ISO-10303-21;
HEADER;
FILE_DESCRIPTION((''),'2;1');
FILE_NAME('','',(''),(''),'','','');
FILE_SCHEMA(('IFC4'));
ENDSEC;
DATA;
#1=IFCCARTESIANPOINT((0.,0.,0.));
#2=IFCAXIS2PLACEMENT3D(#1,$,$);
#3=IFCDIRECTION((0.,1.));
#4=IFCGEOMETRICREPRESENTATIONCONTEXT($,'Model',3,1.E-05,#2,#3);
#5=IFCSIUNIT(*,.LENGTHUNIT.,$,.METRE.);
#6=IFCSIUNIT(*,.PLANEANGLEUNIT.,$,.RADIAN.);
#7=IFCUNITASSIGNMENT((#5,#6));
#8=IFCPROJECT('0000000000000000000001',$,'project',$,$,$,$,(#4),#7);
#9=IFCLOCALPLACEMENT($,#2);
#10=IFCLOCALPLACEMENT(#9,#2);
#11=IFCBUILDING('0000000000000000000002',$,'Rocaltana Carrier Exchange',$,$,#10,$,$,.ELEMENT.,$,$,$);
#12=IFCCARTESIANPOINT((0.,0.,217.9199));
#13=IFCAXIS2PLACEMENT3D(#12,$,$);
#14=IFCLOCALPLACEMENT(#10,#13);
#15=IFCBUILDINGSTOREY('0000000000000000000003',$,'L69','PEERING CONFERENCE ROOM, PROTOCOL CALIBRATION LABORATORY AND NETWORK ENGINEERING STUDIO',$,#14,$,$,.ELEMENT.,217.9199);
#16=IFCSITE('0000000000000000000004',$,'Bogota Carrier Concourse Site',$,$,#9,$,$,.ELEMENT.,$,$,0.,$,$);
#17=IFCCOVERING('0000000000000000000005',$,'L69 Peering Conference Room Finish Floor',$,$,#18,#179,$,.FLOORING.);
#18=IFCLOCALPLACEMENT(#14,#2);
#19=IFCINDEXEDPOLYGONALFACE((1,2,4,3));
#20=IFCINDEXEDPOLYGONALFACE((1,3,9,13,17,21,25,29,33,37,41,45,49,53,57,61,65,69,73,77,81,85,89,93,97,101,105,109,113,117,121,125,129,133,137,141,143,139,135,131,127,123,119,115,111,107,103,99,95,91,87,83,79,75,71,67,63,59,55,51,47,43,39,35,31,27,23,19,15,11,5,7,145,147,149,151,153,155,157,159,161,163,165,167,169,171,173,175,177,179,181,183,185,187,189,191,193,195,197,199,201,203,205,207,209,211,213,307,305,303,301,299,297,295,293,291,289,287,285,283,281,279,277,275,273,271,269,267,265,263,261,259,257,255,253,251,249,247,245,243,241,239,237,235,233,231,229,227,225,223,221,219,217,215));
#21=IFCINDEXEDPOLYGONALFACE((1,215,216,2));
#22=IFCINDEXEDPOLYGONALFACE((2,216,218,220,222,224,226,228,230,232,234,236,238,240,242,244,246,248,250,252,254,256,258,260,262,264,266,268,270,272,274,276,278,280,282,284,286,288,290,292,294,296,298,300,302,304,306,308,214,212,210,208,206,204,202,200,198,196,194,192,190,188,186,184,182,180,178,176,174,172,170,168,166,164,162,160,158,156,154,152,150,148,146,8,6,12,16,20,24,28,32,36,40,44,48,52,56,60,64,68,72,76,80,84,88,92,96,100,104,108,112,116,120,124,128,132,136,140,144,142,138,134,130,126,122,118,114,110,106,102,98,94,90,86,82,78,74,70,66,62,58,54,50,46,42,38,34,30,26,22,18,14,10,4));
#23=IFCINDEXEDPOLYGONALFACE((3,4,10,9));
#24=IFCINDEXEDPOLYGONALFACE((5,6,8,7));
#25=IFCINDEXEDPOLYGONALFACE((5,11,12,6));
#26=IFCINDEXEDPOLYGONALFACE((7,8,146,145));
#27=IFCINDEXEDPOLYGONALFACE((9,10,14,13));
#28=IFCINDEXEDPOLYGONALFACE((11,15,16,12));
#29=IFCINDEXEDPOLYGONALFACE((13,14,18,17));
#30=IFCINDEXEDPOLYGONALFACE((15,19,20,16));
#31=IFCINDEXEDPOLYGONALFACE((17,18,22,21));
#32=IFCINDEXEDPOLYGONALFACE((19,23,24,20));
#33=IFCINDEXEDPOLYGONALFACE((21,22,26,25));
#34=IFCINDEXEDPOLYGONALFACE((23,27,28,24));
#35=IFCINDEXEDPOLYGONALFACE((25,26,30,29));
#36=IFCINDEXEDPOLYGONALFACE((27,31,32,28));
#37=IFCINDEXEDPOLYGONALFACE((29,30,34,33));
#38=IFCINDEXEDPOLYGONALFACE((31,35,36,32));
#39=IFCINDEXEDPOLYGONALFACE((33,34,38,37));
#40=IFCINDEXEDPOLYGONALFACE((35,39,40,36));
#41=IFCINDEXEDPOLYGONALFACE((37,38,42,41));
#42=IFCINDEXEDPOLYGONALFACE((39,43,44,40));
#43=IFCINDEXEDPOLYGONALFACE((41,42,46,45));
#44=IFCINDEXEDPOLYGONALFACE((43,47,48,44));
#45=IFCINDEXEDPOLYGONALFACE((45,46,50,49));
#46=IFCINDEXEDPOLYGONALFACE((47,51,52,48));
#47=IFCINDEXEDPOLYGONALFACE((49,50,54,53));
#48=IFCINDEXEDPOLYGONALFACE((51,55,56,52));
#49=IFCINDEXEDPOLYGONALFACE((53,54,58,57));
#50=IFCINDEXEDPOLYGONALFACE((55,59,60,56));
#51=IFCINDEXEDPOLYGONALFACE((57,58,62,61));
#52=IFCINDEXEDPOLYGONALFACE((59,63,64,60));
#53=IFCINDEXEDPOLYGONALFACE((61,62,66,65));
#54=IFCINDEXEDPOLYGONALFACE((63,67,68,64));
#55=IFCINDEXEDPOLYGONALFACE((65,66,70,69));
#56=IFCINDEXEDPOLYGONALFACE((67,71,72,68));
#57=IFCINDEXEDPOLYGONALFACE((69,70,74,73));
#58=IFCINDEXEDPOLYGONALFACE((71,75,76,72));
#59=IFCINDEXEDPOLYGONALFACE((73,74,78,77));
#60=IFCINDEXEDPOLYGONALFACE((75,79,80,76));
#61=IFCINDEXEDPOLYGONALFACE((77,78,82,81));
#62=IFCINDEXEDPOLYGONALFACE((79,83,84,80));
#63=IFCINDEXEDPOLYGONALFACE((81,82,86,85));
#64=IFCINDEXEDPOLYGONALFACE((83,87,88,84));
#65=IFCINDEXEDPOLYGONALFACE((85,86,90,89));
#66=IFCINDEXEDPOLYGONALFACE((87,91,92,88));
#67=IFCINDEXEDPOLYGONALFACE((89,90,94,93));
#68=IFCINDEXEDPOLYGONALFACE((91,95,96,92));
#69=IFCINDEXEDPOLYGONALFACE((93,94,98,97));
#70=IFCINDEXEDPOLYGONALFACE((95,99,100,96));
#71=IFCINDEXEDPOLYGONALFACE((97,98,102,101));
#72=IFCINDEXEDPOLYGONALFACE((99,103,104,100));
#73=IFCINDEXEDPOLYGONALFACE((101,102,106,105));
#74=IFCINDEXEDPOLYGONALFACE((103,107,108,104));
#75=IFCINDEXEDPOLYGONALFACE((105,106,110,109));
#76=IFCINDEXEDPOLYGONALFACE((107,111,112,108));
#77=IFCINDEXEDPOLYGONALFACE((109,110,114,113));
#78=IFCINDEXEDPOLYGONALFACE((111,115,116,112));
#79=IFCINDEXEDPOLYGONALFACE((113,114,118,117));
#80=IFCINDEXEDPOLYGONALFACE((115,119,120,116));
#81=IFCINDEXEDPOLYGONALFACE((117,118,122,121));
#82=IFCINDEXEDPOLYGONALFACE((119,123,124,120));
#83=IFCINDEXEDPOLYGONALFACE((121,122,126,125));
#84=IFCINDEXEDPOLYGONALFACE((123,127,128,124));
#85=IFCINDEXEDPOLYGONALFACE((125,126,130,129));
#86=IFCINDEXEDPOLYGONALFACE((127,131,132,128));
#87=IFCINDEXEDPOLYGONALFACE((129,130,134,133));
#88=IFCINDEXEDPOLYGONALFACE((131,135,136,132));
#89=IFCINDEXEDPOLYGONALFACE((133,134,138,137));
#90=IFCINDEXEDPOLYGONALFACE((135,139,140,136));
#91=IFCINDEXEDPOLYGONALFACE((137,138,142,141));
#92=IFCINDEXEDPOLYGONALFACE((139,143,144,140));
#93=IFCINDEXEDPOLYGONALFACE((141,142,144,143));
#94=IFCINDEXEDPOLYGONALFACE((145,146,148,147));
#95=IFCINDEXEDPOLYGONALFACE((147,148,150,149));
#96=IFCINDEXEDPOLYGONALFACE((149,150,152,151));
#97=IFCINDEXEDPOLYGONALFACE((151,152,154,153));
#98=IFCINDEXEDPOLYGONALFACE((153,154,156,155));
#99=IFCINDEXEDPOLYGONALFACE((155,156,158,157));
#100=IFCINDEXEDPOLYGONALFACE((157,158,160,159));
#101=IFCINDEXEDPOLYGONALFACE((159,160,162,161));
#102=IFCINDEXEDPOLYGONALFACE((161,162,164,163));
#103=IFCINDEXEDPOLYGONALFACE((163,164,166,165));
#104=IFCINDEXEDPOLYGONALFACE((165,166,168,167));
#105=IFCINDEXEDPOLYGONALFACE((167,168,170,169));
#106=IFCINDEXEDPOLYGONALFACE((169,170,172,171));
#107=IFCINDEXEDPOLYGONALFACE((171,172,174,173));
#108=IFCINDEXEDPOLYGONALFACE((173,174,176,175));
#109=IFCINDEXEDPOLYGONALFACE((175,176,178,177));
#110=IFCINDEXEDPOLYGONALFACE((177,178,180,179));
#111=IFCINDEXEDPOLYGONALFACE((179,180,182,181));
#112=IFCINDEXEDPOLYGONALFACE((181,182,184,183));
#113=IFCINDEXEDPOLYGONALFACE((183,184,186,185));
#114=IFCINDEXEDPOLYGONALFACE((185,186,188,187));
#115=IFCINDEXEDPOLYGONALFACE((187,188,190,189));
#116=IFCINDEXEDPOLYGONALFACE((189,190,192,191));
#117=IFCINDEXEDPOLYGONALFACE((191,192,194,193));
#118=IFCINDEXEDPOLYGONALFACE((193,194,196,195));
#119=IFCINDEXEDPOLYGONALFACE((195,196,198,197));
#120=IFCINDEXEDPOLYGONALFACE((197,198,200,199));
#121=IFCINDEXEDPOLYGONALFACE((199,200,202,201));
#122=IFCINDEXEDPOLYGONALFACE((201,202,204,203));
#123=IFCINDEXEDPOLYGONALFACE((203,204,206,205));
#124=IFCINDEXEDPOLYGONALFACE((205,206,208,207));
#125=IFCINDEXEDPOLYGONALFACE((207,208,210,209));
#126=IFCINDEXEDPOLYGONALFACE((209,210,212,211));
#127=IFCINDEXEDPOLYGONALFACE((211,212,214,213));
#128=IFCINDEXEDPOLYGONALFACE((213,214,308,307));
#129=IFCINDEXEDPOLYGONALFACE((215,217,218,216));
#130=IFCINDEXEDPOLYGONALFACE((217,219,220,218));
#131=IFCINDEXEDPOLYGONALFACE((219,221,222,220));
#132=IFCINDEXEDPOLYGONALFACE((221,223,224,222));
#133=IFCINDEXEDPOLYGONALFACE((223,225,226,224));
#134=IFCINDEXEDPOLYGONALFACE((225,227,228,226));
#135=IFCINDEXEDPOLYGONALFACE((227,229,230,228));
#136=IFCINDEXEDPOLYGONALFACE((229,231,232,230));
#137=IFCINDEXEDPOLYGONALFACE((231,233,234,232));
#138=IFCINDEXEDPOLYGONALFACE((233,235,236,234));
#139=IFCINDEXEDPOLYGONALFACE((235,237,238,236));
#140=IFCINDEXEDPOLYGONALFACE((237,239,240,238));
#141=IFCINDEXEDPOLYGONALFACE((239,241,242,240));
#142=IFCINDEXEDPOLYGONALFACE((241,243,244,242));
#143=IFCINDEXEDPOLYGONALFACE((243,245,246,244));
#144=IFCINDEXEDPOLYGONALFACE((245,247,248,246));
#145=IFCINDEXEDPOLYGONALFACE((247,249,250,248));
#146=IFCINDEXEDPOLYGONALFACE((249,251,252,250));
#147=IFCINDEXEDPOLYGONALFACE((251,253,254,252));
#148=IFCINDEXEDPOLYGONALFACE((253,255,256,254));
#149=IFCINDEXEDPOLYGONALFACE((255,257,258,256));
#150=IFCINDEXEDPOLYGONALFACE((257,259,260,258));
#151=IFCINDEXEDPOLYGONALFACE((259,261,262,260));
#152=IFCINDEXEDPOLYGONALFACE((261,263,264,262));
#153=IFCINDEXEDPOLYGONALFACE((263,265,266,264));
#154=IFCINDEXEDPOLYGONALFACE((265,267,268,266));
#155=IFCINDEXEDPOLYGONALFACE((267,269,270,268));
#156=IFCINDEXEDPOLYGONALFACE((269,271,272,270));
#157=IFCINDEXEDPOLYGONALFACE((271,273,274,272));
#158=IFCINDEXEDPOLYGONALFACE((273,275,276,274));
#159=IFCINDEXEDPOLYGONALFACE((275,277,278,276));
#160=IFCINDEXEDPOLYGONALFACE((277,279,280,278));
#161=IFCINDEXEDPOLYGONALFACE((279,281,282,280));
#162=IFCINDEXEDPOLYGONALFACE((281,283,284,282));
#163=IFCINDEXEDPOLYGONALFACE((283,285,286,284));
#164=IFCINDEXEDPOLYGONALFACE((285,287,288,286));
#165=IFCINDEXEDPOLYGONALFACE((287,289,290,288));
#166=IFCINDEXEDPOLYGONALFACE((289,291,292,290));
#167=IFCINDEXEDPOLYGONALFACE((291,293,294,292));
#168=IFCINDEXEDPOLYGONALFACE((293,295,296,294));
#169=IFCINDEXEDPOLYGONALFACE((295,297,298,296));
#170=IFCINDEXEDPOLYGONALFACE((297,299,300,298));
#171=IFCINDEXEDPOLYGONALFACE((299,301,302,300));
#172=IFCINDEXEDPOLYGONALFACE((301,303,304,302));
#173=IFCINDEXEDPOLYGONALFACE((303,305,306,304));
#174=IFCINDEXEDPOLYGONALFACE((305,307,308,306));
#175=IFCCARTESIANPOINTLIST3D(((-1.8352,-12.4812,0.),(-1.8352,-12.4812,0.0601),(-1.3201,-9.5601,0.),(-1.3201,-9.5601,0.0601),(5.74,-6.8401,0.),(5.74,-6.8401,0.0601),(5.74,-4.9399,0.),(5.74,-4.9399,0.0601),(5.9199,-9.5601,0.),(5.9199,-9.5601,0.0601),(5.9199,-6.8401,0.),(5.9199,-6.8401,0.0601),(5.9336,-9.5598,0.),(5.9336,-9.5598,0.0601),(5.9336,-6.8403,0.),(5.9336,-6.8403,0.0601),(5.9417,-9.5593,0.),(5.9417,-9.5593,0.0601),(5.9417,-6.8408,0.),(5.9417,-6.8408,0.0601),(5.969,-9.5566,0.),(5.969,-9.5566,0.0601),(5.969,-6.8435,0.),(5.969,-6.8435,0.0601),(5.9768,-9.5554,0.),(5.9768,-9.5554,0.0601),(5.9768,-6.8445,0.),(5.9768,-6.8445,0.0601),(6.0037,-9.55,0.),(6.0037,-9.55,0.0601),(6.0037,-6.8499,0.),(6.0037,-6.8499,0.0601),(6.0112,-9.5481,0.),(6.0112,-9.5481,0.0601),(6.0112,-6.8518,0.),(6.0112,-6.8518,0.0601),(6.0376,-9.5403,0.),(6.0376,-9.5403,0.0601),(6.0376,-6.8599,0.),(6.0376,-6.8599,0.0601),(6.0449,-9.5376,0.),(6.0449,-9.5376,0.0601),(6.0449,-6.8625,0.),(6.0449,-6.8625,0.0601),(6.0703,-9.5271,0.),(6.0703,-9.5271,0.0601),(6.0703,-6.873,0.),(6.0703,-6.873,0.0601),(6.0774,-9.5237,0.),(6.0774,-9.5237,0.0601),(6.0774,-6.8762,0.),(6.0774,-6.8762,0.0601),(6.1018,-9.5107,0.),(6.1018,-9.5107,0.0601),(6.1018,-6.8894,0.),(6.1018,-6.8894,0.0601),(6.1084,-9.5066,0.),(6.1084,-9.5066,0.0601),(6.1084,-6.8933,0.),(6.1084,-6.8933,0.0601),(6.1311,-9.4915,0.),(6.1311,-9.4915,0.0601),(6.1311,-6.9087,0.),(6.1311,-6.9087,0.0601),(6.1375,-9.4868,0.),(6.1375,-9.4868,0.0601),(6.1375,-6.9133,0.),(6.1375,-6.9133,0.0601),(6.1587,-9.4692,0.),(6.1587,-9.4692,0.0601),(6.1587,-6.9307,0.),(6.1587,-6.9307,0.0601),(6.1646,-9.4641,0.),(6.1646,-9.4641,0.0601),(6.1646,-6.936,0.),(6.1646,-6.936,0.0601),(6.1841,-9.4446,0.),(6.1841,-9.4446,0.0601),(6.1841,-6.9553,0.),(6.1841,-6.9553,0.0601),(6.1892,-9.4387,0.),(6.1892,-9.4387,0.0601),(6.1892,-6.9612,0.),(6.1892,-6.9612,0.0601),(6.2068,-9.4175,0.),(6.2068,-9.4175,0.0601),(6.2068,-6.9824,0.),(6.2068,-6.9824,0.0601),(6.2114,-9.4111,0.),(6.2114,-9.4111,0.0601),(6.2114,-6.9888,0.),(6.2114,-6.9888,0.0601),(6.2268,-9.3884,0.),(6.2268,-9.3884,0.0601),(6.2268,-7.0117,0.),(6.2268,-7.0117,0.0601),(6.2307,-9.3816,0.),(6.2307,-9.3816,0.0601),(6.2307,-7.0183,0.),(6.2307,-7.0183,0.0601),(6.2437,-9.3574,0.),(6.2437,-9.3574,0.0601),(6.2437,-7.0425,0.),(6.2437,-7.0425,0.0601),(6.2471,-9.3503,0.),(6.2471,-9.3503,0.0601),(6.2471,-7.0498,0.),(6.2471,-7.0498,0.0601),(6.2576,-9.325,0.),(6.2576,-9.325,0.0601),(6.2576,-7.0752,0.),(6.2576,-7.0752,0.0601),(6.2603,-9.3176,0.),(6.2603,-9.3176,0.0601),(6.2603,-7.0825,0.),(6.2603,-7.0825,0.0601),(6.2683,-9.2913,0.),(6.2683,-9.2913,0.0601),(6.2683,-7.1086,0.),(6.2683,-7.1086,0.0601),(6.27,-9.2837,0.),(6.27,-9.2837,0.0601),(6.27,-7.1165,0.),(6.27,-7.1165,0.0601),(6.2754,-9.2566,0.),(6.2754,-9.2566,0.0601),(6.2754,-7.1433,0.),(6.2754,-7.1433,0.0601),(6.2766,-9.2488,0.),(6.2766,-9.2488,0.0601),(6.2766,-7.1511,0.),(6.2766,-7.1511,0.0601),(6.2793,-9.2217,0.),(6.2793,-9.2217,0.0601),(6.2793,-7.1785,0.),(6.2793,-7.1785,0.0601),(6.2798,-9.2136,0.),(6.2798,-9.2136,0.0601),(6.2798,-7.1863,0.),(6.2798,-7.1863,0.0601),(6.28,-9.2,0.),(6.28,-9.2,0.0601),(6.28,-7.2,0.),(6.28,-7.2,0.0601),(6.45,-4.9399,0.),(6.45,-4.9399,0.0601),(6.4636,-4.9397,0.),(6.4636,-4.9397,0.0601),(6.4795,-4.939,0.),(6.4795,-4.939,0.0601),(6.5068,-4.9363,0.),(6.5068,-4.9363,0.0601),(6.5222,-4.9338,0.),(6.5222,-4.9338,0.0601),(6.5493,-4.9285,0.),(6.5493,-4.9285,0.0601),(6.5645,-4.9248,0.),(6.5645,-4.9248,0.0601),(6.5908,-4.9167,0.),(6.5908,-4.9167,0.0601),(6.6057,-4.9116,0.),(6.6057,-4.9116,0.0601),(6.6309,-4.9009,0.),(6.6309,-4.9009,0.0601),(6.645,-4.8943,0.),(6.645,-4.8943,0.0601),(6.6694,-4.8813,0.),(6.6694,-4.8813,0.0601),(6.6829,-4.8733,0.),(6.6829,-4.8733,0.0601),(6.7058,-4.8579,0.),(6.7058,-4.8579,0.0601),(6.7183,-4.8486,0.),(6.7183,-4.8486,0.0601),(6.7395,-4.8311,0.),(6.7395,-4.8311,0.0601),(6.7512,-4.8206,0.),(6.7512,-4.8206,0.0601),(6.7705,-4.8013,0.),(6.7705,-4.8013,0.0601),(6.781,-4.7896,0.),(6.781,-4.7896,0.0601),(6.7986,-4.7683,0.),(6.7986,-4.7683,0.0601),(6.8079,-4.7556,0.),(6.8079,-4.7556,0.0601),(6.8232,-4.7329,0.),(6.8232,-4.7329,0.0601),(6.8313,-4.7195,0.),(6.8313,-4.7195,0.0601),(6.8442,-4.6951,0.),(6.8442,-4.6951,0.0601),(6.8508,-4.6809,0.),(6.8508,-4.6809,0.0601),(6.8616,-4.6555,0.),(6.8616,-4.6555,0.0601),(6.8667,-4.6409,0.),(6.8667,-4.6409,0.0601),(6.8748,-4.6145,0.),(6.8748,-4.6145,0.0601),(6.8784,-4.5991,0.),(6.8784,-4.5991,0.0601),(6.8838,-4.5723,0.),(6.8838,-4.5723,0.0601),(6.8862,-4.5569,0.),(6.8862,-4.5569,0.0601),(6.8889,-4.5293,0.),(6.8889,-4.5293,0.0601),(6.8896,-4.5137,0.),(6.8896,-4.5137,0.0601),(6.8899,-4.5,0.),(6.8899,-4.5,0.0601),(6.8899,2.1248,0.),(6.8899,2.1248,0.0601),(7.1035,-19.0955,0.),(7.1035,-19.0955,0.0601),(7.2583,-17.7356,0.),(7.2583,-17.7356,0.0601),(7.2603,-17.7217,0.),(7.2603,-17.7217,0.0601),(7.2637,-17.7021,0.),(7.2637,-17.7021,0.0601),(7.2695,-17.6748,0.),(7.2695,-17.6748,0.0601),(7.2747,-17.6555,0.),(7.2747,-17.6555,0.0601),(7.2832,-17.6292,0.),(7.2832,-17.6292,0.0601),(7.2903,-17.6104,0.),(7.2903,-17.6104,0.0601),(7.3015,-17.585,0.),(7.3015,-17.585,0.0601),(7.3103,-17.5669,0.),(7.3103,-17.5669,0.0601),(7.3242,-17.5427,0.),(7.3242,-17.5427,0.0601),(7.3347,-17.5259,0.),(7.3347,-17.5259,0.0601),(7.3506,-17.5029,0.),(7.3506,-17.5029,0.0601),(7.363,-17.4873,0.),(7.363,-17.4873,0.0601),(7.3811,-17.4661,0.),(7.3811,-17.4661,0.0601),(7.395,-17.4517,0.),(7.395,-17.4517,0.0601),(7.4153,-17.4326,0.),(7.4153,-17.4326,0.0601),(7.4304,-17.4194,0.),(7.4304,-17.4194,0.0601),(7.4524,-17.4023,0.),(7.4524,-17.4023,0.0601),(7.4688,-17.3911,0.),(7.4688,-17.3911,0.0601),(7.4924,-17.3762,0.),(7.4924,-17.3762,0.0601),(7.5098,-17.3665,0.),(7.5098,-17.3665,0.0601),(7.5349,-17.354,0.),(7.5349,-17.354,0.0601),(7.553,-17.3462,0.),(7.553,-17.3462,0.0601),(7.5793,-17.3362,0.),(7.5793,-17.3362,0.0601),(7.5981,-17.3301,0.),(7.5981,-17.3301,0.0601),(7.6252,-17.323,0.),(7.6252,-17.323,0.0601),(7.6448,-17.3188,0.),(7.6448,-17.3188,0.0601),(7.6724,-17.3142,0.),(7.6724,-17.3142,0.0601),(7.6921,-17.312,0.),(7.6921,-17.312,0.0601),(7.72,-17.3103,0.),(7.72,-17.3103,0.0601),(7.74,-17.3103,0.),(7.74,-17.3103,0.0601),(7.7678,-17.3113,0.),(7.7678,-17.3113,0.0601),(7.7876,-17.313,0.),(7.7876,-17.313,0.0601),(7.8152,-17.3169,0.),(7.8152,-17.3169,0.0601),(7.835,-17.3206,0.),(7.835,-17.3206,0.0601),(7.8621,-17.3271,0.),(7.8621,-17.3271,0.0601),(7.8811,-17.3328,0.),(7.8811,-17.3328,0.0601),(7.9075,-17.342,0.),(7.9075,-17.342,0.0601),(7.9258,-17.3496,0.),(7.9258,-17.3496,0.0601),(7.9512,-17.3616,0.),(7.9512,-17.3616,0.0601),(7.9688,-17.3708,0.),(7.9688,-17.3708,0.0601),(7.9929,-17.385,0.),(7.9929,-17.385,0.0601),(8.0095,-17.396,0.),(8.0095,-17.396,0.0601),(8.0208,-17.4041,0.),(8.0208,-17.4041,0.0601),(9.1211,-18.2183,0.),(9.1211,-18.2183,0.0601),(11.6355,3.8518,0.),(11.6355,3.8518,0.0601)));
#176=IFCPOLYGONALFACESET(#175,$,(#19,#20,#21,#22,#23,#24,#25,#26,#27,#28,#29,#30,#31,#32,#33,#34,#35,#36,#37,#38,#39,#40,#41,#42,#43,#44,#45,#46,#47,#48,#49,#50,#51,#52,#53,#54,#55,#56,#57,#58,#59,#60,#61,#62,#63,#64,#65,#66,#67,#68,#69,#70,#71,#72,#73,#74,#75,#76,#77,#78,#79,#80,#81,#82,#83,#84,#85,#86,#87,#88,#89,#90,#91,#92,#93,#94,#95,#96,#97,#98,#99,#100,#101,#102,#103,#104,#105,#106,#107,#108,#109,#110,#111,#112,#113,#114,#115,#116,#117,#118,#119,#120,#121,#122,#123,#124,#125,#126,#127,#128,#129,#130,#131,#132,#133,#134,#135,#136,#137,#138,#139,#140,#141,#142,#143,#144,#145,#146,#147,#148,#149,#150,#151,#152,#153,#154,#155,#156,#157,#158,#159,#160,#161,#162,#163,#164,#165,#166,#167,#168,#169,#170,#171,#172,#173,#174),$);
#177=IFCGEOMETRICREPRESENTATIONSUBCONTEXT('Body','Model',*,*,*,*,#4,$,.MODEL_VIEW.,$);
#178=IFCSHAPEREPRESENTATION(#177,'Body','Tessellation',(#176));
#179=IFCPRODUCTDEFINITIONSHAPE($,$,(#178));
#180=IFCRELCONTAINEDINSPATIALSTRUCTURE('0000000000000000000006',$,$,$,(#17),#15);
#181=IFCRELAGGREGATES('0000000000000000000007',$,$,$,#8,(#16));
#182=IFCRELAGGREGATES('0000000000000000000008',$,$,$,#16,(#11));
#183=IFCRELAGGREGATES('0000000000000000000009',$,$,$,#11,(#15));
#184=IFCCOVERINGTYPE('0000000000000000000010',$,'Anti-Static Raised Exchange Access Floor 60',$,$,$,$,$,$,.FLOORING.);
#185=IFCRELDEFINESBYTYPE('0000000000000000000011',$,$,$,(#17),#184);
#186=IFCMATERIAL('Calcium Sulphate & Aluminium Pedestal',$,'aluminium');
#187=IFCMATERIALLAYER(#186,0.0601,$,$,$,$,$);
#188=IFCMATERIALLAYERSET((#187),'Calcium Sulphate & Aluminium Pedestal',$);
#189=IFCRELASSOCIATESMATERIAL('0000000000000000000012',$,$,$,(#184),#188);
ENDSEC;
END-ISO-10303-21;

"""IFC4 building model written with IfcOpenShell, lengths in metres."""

from ifc_helpers import new_model, si_unit, direction, frame, origin, place, context, subcontext, project, spatial, polyline, outline, extrude, material, layer, layer_set, type_object, element, save


model = new_model("IFC4")

# Units and contexts
model_context = context("Model", 3, precision=1e-05, world=origin(), true_north=direction((0.0, 1.0)))
body_context = subcontext(model_context, "Body", "Model", "MODEL_VIEW")
ifc_project = project(units=[si_unit("LENGTHUNIT", "METRE"), si_unit("PLANEANGLEUNIT", "RADIAN")], contexts=[model_context])

# Site, building, storey
site_placement = place(None, origin())
site = spatial("IfcSite", under=ifc_project, at=site_placement, Name="Bogota Carrier Concourse Site", CompositionType="ELEMENT", RefElevation=0.0)
building_placement = place(site_placement, origin())
building = spatial("IfcBuilding", under=site, at=building_placement, Name="Rocaltana Carrier Exchange", CompositionType="ELEMENT")
storey_placement = place(building_placement, frame((0.0, 0.0, 217.9199)))
storey = spatial("IfcBuildingStorey", under=building, at=storey_placement, Name="L69", Description="PEERING CONFERENCE ROOM, PROTOCOL CALIBRATION LABORATORY AND NETWORK ENGINEERING STUDIO", CompositionType="ELEMENT", Elevation=217.9199)

# Covering
ifc_material_1 = material(Name="Calcium Sulphate & Aluminium Pedestal", Category="aluminium")
ifc_layer_1 = layer(ifc_material_1, 0.0601)
ifc_layer_set_1 = layer_set([ifc_layer_1], Name="Calcium Sulphate & Aluminium Pedestal")
covering_type_1 = type_object("IfcCoveringType", Name="Anti-Static Raised Exchange Access Floor 60", PredefinedType="FLOORING", material=ifc_layer_set_1)
covering_1_placement = place(storey_placement, origin())
element("IfcCovering", 1, at=covering_1_placement, inside=storey, type_object=covering_type_1, Name="L69 Peering Conference Room Finish Floor", PredefinedType="FLOORING", context=body_context, shape_type="SweptSolid", body=[
    extrude(outline(polyline([(5.74, -6.8401), (5.74, -4.9399), (6.45, -4.9399), (6.4636, -4.9397), (6.4795, -4.939), (6.5068, -4.9363), (6.5222, -4.9338), (6.5493, -4.9285), (6.5645, -4.9248), (6.5908, -4.9167), (6.6057, -4.9116), (6.6309, -4.9009), (6.645, -4.8943), (6.6694, -4.8813), (6.6829, -4.8733), (6.7058, -4.8579), (6.7183, -4.8486), (6.7395, -4.8311), (6.7512, -4.8206), (6.7705, -4.8013), (6.781, -4.7896), (6.7986, -4.7683), (6.8079, -4.7556), (6.8232, -4.7329), (6.8313, -4.7195), (6.8442, -4.6951), (6.8508, -4.6809), (6.8616, -4.6555), (6.8667, -4.6409), (6.8748, -4.6145), (6.8784, -4.5991), (6.8838, -4.5723), (6.8862, -4.5569), (6.8889, -4.5293), (6.8896, -4.5137), (6.8899, -4.5), (6.8899, 2.1248), (11.6355, 3.8518), (9.1211, -18.2183), (8.0208, -17.4041), (8.0095, -17.396), (7.9929, -17.385), (7.9688, -17.3708), (7.9512, -17.3616), (7.9258, -17.3496), (7.9075, -17.342), (7.8811, -17.3328), (7.8621, -17.3271), (7.835, -17.3206), (7.8152, -17.3169), (7.7876, -17.313), (7.7678, -17.3113), (7.74, -17.3103), (7.72, -17.3103), (7.6921, -17.312), (7.6724, -17.3142), (7.6448, -17.3188), (7.6252, -17.323), (7.5981, -17.3301), (7.5793, -17.3362), (7.553, -17.3462), (7.5349, -17.354), (7.5098, -17.3665), (7.4924, -17.3762), (7.4688, -17.3911), (7.4524, -17.4023), (7.4304, -17.4194), (7.4153, -17.4326), (7.395, -17.4517), (7.3811, -17.4661), (7.363, -17.4873), (7.3506, -17.5029), (7.3347, -17.5259), (7.3242, -17.5427), (7.3103, -17.5669), (7.3015, -17.585), (7.2903, -17.6104), (7.2832, -17.6292), (7.2747, -17.6555), (7.2695, -17.6748), (7.2637, -17.7021), (7.2603, -17.7217), (7.2583, -17.7356), (7.1035, -19.0955), (-1.8352, -12.4812), (-1.3201, -9.5601), (5.9199, -9.5601), (5.9336, -9.5598), (5.9417, -9.5593), (5.969, -9.5566), (5.9768, -9.5554), (6.0037, -9.55), (6.0112, -9.5481), (6.0376, -9.5403), (6.0449, -9.5376), (6.0703, -9.5271), (6.0774, -9.5237), (6.1018, -9.5107), (6.1084, -9.5066), (6.1311, -9.4915), (6.1375, -9.4868), (6.1587, -9.4692), (6.1646, -9.4641), (6.1841, -9.4446), (6.1892, -9.4387), (6.2068, -9.4175), (6.2114, -9.4111), (6.2268, -9.3884), (6.2307, -9.3816), (6.2437, -9.3574), (6.2471, -9.3503), (6.2576, -9.325), (6.2603, -9.3176), (6.2683, -9.2913), (6.27, -9.2837), (6.2754, -9.2566), (6.2766, -9.2488), (6.2793, -9.2217), (6.2798, -9.2136), (6.28, -9.2), (6.28, -7.2), (6.2798, -7.1863), (6.2793, -7.1785), (6.2766, -7.1511), (6.2754, -7.1433), (6.27, -7.1165), (6.2683, -7.1086), (6.2603, -7.0825), (6.2576, -7.0752), (6.2471, -7.0498), (6.2437, -7.0425), (6.2307, -7.0183), (6.2268, -7.0117), (6.2114, -6.9888), (6.2068, -6.9824), (6.1892, -6.9612), (6.1841, -6.9553), (6.1646, -6.936), (6.1587, -6.9307), (6.1375, -6.9133), (6.1311, -6.9087), (6.1084, -6.8933), (6.1018, -6.8894), (6.0774, -6.8762), (6.0703, -6.873), (6.0449, -6.8625), (6.0376, -6.8599), (6.0112, -6.8518), (6.0037, -6.8499), (5.9768, -6.8445), (5.969, -6.8435), (5.9417, -6.8408), (5.9336, -6.8403), (5.9199, -6.8401), (5.74, -6.8401)])), origin(), (0.0, 0.0, 1.0), 0.0601),
])

save(model, "model.ifc")
